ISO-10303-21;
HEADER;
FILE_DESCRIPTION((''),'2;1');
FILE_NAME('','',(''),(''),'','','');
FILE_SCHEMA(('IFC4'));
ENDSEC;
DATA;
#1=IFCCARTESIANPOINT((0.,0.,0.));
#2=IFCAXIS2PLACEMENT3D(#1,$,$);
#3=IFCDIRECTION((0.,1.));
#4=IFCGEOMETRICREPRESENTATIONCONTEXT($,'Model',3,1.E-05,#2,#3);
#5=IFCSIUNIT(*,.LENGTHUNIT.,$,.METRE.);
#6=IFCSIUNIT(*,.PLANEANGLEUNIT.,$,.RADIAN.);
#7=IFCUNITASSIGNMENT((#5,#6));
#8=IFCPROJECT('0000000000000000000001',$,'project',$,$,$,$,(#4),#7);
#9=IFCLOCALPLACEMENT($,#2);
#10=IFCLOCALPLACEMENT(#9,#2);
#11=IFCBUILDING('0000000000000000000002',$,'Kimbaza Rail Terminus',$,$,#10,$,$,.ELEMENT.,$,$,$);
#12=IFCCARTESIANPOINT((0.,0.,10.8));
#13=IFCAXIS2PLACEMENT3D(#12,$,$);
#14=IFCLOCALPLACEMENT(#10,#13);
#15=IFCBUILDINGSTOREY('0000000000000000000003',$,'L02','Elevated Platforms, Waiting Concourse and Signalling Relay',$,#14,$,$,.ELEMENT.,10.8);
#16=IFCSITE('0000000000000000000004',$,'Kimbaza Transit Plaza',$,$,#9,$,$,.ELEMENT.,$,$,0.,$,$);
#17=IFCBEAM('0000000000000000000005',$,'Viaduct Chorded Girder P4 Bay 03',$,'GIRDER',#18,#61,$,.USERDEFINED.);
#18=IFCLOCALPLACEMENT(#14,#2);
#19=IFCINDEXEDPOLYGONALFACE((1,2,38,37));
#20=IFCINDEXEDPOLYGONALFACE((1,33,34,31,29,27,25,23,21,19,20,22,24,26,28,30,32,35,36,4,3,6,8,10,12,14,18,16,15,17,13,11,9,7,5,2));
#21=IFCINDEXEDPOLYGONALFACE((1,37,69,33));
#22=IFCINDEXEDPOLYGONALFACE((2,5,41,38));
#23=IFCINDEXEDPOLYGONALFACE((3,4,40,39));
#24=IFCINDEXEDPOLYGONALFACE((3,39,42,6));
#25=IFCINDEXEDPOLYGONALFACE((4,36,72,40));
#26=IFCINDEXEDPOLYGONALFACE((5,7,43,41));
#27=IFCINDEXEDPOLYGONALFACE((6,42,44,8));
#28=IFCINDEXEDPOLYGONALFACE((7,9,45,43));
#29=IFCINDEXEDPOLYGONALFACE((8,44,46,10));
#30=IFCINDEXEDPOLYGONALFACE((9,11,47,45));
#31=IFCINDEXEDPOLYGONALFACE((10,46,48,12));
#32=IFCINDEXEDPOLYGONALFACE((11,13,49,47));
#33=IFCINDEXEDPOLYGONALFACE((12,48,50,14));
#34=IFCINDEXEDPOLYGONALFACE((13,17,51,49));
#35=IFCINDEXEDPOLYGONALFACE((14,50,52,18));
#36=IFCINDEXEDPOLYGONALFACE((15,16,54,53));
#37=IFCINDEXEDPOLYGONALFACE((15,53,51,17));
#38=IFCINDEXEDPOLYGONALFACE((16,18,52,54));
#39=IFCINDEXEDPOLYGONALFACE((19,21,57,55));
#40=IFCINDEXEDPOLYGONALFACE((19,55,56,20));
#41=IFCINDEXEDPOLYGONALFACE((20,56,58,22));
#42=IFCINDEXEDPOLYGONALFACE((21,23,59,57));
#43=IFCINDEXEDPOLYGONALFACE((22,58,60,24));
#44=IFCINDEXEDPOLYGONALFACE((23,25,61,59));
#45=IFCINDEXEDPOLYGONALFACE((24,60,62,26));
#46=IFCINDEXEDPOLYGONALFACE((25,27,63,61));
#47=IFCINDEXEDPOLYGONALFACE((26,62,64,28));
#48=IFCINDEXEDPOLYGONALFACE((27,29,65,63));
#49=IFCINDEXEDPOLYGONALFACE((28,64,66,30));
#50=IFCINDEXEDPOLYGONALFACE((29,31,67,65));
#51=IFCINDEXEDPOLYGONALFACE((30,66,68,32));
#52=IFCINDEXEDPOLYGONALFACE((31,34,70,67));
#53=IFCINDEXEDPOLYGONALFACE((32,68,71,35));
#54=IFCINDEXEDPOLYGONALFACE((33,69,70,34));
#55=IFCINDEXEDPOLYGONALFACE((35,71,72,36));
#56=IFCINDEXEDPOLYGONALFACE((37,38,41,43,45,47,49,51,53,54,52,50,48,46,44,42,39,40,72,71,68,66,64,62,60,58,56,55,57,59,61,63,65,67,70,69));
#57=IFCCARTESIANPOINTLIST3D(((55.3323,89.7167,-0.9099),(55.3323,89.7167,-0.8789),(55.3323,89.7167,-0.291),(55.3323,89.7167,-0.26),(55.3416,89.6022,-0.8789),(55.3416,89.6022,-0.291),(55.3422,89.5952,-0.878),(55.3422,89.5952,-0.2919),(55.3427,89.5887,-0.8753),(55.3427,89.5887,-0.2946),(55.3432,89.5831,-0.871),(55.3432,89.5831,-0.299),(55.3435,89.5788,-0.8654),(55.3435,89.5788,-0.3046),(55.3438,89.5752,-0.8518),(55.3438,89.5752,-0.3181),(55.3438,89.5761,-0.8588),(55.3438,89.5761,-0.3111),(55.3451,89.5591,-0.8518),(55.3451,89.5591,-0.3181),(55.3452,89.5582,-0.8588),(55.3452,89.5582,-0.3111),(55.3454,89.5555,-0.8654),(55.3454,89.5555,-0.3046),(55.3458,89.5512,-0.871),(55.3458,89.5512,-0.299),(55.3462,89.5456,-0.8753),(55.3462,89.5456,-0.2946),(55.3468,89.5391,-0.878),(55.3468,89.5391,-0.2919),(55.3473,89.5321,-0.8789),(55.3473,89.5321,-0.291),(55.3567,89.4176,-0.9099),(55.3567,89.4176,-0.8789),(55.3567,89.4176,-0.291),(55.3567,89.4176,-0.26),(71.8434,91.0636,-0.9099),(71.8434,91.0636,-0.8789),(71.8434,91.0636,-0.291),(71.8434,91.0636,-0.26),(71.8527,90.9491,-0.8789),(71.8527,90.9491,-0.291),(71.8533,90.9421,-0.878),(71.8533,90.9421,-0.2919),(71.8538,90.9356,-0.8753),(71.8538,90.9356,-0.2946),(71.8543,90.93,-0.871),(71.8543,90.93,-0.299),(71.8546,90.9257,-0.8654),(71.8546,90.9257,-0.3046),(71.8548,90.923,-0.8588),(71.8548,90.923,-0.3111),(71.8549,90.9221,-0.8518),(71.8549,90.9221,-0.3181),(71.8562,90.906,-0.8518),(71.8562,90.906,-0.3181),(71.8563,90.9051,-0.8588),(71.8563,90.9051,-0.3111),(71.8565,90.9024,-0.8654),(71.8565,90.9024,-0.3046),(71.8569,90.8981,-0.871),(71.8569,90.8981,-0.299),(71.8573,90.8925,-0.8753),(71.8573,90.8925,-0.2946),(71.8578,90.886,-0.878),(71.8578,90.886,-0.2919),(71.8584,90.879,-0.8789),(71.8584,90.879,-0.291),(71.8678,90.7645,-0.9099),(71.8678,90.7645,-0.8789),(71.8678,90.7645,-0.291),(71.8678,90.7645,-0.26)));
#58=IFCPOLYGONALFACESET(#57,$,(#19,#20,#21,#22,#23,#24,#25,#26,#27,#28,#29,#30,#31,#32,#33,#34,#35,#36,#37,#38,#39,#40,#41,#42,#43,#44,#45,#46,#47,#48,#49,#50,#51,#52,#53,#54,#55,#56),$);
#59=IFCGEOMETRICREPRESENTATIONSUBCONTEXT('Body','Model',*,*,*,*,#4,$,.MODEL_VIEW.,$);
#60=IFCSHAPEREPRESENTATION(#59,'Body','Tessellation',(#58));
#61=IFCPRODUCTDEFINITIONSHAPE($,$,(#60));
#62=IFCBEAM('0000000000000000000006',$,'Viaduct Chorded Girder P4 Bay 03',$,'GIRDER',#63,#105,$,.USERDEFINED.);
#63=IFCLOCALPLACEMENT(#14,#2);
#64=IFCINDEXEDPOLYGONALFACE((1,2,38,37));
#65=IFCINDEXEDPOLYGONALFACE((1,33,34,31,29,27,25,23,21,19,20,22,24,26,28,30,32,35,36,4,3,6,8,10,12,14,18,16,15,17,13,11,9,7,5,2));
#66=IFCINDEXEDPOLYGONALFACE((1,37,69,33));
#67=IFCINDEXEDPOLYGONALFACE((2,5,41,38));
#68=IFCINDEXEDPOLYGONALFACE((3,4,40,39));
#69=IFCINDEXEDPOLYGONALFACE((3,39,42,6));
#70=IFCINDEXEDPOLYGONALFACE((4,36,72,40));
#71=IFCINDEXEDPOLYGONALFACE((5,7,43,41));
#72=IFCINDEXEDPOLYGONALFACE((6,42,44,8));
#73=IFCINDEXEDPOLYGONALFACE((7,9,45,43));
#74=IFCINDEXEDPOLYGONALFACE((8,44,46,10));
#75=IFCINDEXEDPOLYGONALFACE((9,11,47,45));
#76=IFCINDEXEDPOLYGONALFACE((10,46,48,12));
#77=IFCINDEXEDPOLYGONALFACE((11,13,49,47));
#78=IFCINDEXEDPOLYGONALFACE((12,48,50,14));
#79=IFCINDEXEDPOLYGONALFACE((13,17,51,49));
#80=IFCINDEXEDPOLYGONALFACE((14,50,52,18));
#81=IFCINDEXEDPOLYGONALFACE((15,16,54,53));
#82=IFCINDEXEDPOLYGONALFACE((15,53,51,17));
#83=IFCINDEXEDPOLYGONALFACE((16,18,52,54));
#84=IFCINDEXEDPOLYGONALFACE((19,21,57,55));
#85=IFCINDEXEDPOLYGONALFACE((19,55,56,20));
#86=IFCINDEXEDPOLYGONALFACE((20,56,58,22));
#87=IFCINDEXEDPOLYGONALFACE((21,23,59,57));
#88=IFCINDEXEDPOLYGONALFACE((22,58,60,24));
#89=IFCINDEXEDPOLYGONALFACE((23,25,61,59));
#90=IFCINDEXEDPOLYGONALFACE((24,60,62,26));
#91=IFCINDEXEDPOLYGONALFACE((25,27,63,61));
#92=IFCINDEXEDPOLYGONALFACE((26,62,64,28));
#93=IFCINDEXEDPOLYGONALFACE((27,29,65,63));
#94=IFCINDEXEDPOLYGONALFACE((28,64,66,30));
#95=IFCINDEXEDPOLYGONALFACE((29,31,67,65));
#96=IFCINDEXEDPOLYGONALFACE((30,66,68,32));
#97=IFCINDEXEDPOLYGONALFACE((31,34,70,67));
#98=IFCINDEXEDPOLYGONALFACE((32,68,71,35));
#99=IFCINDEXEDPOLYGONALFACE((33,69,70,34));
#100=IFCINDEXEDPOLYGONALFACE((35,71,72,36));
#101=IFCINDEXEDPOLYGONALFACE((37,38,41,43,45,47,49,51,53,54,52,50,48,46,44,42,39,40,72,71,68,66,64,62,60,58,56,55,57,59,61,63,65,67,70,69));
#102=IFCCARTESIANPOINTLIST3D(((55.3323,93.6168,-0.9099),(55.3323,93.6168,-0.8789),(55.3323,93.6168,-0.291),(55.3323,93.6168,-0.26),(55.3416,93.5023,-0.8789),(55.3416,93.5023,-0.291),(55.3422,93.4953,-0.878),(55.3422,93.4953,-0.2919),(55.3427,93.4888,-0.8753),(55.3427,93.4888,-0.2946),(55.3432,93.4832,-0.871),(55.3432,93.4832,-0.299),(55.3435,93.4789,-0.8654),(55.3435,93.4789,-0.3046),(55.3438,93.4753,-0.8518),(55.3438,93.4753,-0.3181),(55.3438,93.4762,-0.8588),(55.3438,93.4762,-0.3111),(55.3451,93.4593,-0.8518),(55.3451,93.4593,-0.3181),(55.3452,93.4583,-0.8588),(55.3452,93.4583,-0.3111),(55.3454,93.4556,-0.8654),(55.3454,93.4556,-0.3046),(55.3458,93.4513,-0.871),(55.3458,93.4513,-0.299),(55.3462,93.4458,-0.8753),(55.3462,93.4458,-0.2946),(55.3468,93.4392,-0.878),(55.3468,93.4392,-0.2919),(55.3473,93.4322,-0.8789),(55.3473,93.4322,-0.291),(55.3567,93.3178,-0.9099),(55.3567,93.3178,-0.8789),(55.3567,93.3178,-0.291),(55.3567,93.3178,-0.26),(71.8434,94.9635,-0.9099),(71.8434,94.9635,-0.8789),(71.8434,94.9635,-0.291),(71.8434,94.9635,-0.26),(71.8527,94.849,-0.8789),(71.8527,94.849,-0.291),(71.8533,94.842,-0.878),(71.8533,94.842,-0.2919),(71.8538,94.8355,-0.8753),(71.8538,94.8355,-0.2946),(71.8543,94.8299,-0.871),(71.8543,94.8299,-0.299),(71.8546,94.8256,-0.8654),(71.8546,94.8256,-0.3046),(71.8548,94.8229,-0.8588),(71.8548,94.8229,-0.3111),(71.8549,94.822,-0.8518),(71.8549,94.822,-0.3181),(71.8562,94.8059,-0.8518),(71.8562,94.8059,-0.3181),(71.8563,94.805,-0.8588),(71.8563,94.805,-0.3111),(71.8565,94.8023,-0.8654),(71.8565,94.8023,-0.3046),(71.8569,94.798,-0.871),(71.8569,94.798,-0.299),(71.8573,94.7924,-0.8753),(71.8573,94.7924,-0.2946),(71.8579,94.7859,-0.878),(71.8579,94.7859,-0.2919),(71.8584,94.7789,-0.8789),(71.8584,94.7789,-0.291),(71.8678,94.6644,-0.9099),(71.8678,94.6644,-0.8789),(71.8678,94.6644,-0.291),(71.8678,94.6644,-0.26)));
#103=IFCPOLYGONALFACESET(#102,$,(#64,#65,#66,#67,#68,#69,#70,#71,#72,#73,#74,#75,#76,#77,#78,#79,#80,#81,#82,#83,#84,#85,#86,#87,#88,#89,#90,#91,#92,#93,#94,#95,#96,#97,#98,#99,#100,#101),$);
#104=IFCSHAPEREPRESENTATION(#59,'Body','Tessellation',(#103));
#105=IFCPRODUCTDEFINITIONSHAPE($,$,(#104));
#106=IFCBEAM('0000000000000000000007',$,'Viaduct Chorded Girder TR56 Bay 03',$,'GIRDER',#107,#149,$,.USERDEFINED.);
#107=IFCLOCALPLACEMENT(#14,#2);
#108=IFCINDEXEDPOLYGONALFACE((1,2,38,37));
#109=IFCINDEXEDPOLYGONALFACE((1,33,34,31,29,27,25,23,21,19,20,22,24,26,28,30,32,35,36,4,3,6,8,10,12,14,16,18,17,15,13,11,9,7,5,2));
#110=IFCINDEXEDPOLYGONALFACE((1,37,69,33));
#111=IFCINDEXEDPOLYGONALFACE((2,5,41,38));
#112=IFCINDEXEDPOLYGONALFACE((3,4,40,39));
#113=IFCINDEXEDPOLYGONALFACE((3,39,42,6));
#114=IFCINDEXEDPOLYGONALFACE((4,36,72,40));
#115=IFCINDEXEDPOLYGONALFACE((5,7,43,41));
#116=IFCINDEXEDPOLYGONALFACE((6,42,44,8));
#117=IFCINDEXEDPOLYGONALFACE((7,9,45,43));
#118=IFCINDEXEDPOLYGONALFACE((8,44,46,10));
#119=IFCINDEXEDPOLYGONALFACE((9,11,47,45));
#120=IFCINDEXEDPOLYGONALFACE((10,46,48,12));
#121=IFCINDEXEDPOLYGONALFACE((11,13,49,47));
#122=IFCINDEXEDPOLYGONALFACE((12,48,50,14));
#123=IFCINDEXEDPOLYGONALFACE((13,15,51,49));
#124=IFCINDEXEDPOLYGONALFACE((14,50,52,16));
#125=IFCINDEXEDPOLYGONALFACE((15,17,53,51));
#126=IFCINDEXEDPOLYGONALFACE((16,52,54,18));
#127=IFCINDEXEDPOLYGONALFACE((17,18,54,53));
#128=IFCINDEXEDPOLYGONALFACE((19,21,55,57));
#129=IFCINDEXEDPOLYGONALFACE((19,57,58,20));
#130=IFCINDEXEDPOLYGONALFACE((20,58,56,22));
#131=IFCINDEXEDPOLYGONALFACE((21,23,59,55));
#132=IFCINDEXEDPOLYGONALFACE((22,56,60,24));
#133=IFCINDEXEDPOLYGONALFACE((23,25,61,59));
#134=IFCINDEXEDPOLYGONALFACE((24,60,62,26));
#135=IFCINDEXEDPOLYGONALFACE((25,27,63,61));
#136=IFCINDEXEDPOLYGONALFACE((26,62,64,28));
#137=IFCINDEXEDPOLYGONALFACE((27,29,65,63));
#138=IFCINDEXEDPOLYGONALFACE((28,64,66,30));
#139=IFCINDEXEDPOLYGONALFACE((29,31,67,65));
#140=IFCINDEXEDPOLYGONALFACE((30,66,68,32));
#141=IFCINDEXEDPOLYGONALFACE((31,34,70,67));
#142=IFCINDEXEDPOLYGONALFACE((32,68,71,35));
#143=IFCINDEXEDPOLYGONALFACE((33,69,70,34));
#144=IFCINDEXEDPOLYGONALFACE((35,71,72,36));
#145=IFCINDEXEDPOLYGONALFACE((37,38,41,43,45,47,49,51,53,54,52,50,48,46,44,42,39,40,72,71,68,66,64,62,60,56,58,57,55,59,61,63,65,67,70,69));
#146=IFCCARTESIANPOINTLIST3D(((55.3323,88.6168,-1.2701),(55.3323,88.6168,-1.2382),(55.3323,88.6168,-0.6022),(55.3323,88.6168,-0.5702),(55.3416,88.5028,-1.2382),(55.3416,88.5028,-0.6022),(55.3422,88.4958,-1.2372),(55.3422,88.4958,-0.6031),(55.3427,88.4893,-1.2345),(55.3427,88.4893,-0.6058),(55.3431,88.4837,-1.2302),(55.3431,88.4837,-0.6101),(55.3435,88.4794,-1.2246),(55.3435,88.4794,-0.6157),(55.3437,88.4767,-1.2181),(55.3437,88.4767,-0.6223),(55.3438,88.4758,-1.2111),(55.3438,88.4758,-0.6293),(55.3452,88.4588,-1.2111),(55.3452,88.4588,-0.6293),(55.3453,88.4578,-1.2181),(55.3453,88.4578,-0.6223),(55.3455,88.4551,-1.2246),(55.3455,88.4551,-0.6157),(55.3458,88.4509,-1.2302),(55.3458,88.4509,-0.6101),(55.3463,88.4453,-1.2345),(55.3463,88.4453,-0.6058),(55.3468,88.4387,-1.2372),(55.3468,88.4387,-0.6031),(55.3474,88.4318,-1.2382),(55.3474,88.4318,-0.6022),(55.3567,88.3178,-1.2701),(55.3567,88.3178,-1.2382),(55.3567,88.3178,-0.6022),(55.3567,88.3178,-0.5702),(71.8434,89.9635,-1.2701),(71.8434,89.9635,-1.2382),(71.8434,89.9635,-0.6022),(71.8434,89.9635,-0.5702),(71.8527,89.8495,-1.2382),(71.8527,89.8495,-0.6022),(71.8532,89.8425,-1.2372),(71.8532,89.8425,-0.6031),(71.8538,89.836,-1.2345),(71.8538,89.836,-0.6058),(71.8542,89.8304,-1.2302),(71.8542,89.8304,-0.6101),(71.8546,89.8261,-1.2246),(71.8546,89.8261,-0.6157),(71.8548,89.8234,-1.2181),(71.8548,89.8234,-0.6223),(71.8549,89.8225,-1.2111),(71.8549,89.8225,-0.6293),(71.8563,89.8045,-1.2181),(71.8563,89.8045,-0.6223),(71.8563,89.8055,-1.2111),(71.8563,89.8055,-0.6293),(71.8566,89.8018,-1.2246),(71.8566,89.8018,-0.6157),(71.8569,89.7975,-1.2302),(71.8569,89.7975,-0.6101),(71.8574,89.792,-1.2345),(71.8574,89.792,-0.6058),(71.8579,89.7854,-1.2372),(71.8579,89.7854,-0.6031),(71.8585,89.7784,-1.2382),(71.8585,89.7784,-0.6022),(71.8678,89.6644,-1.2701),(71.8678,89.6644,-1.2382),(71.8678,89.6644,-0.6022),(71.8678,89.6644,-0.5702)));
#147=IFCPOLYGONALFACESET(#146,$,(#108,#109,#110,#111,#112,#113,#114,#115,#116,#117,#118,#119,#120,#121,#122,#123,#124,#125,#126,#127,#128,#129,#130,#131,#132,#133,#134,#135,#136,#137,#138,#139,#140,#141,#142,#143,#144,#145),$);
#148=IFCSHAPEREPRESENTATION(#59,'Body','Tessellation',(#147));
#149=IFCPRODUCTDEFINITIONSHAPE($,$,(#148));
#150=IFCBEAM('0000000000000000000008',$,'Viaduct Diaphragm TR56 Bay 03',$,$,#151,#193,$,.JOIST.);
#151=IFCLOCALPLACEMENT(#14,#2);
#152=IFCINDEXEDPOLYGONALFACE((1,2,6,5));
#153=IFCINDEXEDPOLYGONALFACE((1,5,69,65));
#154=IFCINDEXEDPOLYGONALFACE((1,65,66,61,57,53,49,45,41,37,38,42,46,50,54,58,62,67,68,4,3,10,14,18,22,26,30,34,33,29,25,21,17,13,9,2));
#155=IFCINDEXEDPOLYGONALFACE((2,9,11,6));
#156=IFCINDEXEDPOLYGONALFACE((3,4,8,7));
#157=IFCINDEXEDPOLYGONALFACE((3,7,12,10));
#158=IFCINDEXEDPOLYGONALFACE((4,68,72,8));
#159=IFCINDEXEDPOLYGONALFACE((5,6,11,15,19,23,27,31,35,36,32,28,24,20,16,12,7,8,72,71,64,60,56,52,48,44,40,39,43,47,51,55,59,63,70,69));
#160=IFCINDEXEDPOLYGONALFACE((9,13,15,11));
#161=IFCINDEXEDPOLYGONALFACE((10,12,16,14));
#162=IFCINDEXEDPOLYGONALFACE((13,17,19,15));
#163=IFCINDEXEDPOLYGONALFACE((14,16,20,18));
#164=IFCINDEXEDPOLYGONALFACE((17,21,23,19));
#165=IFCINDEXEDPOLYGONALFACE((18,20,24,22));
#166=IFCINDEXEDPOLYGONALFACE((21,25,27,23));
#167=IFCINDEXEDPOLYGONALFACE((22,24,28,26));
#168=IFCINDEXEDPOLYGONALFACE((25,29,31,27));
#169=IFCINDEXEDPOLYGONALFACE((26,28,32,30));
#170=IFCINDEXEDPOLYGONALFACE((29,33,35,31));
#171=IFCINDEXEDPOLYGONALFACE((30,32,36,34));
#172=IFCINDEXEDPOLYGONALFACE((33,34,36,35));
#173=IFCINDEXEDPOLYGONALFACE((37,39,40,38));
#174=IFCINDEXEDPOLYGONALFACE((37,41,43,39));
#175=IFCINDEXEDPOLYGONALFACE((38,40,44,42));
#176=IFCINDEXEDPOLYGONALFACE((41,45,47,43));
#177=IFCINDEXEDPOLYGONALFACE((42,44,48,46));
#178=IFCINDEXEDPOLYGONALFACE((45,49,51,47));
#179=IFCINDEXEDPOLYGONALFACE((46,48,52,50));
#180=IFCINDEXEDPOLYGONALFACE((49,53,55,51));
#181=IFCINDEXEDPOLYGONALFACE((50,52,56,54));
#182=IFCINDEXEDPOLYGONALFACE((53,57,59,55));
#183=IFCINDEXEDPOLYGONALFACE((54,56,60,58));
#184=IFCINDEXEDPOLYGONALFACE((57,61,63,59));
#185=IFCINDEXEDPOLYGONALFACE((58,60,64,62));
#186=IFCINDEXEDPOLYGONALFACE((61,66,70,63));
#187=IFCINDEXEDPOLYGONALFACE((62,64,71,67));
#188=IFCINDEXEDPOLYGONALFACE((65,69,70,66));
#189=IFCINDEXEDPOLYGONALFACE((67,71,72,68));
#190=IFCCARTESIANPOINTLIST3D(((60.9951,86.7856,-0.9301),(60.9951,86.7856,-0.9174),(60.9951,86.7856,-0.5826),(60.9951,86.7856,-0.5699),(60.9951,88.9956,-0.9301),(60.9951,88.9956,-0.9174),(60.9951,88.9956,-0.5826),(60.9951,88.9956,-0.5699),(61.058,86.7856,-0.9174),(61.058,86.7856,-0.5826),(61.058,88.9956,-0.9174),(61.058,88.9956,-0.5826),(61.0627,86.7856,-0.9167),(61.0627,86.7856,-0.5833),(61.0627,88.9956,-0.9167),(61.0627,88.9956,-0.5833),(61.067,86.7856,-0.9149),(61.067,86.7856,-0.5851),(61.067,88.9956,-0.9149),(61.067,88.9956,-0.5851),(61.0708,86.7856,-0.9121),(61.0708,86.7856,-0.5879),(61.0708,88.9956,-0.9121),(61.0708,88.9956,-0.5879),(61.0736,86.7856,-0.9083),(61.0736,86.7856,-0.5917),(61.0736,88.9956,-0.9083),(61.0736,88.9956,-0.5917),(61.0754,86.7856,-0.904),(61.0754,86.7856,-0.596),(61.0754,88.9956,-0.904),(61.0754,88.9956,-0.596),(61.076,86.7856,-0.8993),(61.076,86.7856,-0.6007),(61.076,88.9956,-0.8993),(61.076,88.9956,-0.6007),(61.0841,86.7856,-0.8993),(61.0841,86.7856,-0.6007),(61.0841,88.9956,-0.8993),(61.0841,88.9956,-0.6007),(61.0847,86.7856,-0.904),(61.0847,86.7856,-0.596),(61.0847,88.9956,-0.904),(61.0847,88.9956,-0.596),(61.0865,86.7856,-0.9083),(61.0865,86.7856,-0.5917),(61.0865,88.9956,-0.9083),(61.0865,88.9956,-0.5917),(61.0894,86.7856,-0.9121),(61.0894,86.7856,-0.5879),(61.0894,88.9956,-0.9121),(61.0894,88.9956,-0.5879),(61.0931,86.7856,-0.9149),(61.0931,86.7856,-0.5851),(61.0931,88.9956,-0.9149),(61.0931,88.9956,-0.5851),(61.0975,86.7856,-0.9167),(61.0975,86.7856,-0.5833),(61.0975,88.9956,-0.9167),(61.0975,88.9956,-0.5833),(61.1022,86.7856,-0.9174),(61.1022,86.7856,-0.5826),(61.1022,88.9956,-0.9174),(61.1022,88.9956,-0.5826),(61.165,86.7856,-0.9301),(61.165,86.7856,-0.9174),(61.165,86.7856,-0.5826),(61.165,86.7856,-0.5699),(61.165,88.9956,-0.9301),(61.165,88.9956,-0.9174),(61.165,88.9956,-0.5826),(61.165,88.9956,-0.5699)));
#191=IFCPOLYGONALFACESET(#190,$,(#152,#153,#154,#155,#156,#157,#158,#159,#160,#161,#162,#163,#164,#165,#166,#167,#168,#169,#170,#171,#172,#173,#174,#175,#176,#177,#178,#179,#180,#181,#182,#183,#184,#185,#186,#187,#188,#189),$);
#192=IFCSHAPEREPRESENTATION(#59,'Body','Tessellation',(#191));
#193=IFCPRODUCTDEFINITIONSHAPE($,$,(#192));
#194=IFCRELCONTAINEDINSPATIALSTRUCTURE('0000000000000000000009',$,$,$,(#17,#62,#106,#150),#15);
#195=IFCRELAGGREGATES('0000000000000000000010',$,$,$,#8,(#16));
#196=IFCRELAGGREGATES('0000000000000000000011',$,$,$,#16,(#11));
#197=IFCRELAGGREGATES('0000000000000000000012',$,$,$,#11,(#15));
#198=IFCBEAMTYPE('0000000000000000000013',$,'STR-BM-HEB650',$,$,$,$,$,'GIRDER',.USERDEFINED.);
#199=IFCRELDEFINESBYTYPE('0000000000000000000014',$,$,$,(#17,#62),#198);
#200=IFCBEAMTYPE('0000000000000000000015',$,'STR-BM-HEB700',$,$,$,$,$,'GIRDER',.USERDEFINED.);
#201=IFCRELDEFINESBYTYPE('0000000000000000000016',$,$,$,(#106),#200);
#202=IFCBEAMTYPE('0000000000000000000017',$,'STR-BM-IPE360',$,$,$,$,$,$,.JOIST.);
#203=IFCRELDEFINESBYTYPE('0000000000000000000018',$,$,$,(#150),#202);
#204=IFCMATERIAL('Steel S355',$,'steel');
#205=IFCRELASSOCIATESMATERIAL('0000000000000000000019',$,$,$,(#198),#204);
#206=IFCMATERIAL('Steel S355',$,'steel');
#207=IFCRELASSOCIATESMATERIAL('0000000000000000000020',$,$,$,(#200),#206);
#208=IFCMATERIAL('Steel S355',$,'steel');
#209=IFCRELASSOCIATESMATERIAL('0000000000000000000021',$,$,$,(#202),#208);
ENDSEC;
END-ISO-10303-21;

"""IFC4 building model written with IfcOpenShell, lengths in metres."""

from ifc_helpers import new_model, si_unit, direction, frame, origin, origin_2d, place, context, subcontext, project, spatial, i_section, extrude, material, material_profile, profile_set, type_object, element, save


model = new_model("IFC4")

# Units and contexts
model_context = context("Model", 3, precision=1e-05, world=origin(), true_north=direction((0.0, 1.0)))
body_context = subcontext(model_context, "Body", "Model", "MODEL_VIEW")
ifc_project = project(units=[si_unit("LENGTHUNIT", "METRE"), si_unit("PLANEANGLEUNIT", "RADIAN")], contexts=[model_context])

# Site, building, storey
site_placement = place(None, origin())
site = spatial("IfcSite", under=ifc_project, at=site_placement, Name="Kimbaza Transit Plaza", CompositionType="ELEMENT", RefElevation=0.0)
building_placement = place(site_placement, origin())
building = spatial("IfcBuilding", under=site, at=building_placement, Name="Kimbaza Rail Terminus", CompositionType="ELEMENT")
storey_placement = place(building_placement, frame((0.0, 0.0, 10.8)))
storey = spatial("IfcBuildingStorey", under=building, at=storey_placement, Name="L02", Description="Elevated Platforms, Waiting Concourse and Signalling Relay", CompositionType="ELEMENT", Elevation=10.8)

# Beams
ifc_material_1 = material(Name="Steel S355", Category="steel")
ifc_material_profile_1 = material_profile(ifc_material_1, i_section(OverallWidth=0.3, OverallDepth=0.6499, WebThickness=0.0161, FlangeThickness=0.031, FilletRadius=0.0271, at=origin_2d()), Name="HEB 650")
ifc_profile_set_1 = profile_set([ifc_material_profile_1], Name="Steel S355")
beam_type_1 = type_object("IfcBeamType", Name="STR-BM-HEB650", ElementType="GIRDER", PredefinedType="USERDEFINED", material=ifc_profile_set_1)
for number, where, z_axis, x_axis, name in (
    (1, (55.3445, 89.5671, -0.585), (0.996689, 0.081307, 0.0), (-0.081307, 0.996689, 0.0), "Viaduct Chorded Girder P4 Bay 03"),
    (2, (55.3445, 93.4673, -0.585), (0.99669, 0.081293, 0.0), (-0.081293, 0.99669, 0.0), "Viaduct Chorded Girder P4 Bay 03"),
):
    element("IfcBeam", number, at=place(storey_placement, frame(where, z_axis=z_axis, x_axis=x_axis)), inside=storey, type_object=beam_type_1, Name=name, ObjectType="GIRDER", PredefinedType="USERDEFINED", context=body_context, shape_type="SweptSolid", body=[
        extrude(i_section(OverallWidth=0.3, OverallDepth=0.6499, WebThickness=0.0161, FlangeThickness=0.031, FilletRadius=0.0271, at=origin_2d()), origin(), (0.0, 0.0, 1.0), 16.5659),
    ])
ifc_material_2 = material(Name="Steel S355", Category="steel")
ifc_material_profile_2 = material_profile(ifc_material_2, i_section(OverallWidth=0.3, OverallDepth=0.7, WebThickness=0.0171, FlangeThickness=0.032, FilletRadius=0.0271, at=origin_2d()), Name="HEB 700")
ifc_profile_set_2 = profile_set([ifc_material_profile_2], Name="Steel S355")
beam_type_2 = type_object("IfcBeamType", Name="STR-BM-HEB700", ElementType="GIRDER", PredefinedType="USERDEFINED", material=ifc_profile_set_2)
beam_1_placement = place(storey_placement, frame((55.3445, 88.4673, -0.9202), z_axis=(0.99669, 0.081293, 0.0), x_axis=(-0.081293, 0.99669, 0.0)))
element("IfcBeam", 3, at=beam_1_placement, inside=storey, type_object=beam_type_2, Name="Viaduct Chorded Girder TR56 Bay 03", ObjectType="GIRDER", PredefinedType="USERDEFINED", context=body_context, shape_type="SweptSolid", body=[
    extrude(i_section(OverallWidth=0.3, OverallDepth=0.7, WebThickness=0.0171, FlangeThickness=0.032, FilletRadius=0.0271, at=origin_2d()), origin(), (0.0, 0.0, 1.0), 16.5659),
])
ifc_material_3 = material(Name="Steel S355", Category="steel")
ifc_material_profile_3 = material_profile(ifc_material_3, i_section(OverallWidth=0.1699, OverallDepth=0.3601, WebThickness=0.0081, FlangeThickness=0.0127, FilletRadius=0.0181, at=origin_2d()), Name="IPE 360")
ifc_profile_set_3 = profile_set([ifc_material_profile_3], Name="Steel S355")
beam_type_3 = type_object("IfcBeamType", Name="STR-BM-IPE360", PredefinedType="JOIST", material=ifc_profile_set_3)
beam_2_placement = place(storey_placement, frame((61.0801, 86.7856, -0.75), z_axis=(0.0, 1.0, 0.0), x_axis=(-1.0, 0.0, 0.0)))
element("IfcBeam", 4, at=beam_2_placement, inside=storey, type_object=beam_type_3, Name="Viaduct Diaphragm TR56 Bay 03", PredefinedType="JOIST", context=body_context, shape_type="SweptSolid", body=[
    extrude(i_section(OverallWidth=0.1699, OverallDepth=0.3601, WebThickness=0.0081, FlangeThickness=0.0127, FilletRadius=0.0181, at=origin_2d()), origin(), (0.0, 0.0, 1.0), 2.21),
])

save(model, "model.ifc")
